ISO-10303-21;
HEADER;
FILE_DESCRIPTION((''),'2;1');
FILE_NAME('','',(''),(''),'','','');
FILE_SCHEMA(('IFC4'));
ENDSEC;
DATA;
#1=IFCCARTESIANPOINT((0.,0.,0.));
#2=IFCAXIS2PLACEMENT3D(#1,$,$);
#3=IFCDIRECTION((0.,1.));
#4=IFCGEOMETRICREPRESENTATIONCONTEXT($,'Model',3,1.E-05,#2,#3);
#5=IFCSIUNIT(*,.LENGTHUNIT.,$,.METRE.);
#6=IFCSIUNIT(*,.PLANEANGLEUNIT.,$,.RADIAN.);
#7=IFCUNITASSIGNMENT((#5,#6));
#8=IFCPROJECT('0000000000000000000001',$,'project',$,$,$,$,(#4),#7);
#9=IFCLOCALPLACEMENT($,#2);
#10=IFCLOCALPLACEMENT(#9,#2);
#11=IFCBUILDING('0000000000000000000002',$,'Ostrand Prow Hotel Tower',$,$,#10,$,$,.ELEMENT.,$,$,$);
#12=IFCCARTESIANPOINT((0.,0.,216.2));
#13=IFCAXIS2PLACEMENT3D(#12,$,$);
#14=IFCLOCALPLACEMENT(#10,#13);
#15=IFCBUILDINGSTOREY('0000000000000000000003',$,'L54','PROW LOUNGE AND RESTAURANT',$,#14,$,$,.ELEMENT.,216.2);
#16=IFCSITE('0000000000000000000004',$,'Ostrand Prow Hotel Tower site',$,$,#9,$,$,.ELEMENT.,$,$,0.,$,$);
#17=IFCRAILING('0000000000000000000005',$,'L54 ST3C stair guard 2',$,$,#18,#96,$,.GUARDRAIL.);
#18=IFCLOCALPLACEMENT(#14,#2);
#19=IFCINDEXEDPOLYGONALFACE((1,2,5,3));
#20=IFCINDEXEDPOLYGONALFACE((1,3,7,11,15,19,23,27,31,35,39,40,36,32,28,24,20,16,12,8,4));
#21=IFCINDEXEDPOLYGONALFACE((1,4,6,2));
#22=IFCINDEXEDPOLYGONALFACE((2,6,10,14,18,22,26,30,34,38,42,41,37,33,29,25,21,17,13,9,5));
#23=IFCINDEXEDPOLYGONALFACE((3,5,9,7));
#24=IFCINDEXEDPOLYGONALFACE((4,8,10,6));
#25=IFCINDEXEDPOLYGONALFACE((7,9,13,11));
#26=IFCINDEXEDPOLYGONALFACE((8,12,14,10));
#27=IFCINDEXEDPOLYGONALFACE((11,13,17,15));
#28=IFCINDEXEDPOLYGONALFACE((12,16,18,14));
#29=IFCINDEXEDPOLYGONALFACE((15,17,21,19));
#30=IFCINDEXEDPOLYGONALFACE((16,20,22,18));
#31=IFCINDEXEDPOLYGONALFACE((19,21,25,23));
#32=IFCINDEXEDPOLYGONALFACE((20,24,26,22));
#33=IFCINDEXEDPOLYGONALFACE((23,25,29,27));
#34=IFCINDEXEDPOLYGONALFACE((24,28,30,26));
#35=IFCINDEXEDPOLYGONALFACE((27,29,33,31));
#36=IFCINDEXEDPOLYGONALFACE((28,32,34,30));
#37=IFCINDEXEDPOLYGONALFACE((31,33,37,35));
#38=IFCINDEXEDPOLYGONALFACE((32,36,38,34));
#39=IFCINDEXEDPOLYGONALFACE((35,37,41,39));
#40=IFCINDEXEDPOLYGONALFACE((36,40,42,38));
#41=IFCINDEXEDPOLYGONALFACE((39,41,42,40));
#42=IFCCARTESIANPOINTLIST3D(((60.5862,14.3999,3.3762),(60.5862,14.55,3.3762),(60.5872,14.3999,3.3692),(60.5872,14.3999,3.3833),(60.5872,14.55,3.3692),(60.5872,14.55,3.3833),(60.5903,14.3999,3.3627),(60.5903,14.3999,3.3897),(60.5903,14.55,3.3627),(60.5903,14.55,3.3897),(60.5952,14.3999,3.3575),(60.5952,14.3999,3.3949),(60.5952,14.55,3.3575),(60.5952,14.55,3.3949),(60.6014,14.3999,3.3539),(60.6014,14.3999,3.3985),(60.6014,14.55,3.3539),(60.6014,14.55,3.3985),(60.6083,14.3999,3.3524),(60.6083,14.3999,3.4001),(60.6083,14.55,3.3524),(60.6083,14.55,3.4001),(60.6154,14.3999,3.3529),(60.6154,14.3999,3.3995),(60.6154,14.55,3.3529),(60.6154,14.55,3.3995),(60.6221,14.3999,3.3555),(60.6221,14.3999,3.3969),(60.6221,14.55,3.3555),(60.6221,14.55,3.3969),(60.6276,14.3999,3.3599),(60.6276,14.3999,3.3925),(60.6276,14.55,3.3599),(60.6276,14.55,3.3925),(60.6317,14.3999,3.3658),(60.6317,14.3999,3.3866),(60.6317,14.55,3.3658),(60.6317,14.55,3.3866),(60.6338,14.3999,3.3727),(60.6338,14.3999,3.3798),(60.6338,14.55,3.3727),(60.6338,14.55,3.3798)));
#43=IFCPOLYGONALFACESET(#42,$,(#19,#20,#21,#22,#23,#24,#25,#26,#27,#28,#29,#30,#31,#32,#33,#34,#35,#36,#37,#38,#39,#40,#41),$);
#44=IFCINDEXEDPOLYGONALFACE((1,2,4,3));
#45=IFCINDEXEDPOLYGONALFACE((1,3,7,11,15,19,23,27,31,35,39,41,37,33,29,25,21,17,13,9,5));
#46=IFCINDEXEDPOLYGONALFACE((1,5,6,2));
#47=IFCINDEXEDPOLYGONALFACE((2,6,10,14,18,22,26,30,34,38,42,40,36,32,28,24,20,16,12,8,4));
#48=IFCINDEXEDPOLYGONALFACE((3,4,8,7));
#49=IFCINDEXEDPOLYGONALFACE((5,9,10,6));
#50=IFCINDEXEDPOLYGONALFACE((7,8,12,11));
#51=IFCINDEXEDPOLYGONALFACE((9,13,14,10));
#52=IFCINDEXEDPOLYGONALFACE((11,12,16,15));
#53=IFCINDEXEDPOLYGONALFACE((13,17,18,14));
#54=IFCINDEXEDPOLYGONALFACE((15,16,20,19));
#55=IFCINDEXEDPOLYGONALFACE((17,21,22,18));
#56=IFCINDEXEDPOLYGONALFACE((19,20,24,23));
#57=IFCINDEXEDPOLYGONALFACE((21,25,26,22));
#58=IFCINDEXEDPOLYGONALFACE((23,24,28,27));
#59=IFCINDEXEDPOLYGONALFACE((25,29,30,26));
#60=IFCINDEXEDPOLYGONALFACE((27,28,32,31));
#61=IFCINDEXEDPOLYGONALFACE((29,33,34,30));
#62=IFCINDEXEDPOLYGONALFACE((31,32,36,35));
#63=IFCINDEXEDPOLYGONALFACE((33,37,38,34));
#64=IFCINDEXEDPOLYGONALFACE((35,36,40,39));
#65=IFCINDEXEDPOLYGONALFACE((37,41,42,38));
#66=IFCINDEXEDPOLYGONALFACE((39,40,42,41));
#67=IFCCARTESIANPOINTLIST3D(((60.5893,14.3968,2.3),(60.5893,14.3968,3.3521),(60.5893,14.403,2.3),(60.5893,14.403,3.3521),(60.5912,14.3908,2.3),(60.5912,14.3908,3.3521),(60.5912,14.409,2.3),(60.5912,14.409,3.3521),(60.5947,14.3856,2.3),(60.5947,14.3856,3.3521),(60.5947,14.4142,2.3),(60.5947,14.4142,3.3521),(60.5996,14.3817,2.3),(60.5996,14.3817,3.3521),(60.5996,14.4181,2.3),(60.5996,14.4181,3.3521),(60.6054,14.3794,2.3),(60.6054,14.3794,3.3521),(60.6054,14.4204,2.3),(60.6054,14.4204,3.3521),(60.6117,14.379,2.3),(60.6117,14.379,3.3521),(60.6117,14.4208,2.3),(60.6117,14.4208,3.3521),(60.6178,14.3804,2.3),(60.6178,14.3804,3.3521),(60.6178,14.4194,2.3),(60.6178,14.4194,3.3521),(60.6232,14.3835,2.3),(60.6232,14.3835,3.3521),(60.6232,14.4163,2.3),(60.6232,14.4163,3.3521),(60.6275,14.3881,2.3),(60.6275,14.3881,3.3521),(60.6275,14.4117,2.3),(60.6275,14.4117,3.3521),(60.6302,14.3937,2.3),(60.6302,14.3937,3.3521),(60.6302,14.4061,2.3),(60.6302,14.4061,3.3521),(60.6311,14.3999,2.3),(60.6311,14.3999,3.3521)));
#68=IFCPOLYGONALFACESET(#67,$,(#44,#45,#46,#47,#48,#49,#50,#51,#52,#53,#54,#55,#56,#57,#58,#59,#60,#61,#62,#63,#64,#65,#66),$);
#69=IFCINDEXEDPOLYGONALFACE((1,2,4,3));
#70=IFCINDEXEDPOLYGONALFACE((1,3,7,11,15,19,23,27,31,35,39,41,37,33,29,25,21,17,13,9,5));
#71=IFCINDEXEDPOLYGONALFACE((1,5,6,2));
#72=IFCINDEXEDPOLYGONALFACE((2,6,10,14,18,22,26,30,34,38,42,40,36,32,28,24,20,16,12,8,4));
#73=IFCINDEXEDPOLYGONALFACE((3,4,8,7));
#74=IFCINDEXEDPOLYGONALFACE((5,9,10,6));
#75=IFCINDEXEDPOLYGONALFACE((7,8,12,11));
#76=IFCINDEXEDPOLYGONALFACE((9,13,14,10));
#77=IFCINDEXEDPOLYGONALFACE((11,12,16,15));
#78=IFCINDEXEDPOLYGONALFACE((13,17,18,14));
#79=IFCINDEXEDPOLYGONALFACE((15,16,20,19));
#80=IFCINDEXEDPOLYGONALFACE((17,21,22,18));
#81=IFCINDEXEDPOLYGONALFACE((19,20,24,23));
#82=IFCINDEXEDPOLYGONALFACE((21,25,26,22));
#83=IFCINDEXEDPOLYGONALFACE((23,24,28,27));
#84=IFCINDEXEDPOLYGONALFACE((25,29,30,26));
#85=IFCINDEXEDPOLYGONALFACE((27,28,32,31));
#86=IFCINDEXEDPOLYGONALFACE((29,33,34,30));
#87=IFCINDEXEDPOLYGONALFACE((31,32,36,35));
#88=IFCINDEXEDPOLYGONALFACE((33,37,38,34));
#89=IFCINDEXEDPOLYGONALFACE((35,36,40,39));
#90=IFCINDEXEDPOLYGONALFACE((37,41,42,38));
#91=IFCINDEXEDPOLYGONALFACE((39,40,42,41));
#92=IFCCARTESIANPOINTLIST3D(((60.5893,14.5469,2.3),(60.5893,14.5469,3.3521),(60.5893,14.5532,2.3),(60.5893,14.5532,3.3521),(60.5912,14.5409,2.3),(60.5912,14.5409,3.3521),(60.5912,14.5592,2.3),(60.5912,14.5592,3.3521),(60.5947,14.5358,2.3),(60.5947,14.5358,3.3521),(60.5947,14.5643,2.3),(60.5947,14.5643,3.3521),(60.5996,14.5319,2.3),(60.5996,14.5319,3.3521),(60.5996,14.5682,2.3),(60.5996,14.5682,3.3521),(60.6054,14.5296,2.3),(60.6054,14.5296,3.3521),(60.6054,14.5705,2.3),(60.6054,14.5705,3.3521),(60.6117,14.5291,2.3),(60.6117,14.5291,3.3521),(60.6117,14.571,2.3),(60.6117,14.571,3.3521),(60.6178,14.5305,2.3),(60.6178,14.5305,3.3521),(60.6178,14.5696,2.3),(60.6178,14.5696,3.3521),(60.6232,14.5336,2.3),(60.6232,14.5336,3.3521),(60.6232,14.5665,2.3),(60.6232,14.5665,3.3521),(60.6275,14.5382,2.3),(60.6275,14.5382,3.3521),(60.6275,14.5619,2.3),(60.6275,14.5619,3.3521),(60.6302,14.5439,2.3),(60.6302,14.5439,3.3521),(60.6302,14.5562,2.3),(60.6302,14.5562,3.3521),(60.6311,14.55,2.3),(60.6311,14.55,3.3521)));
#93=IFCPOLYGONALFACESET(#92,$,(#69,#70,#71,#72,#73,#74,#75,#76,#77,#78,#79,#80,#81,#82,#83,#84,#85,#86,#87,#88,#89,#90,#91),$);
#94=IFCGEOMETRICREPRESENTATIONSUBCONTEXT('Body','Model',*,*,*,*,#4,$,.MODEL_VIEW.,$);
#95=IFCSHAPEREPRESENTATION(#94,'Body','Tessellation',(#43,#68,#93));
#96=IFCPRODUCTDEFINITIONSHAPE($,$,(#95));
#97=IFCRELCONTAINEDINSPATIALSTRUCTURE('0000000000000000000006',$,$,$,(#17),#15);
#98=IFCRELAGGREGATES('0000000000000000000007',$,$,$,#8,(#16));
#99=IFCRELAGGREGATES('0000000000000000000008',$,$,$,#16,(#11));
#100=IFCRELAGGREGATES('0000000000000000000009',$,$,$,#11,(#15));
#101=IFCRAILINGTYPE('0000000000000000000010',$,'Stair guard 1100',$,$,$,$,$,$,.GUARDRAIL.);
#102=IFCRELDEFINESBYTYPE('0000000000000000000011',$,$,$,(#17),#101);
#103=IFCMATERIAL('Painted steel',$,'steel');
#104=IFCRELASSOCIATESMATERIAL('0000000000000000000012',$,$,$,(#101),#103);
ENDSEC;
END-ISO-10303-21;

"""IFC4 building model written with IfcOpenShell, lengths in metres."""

from ifc_helpers import new_model, si_unit, direction, frame, origin, origin_2d, place, context, subcontext, project, spatial, circle, extrude, material, type_object, element, save


model = new_model("IFC4")

# Units and contexts
model_context = context("Model", 3, precision=1e-05, world=origin(), true_north=direction((0.0, 1.0)))
body_context = subcontext(model_context, "Body", "Model", "MODEL_VIEW")
ifc_project = project(units=[si_unit("LENGTHUNIT", "METRE"), si_unit("PLANEANGLEUNIT", "RADIAN")], contexts=[model_context])

# Site, building, storey
site_placement = place(None, origin())
site = spatial("IfcSite", under=ifc_project, at=site_placement, Name="Ostrand Prow Hotel Tower site", CompositionType="ELEMENT", RefElevation=0.0)
building_placement = place(site_placement, origin())
building = spatial("IfcBuilding", under=site, at=building_placement, Name="Ostrand Prow Hotel Tower", CompositionType="ELEMENT")
storey_placement = place(building_placement, frame((0.0, 0.0, 216.2)))
storey = spatial("IfcBuildingStorey", under=building, at=storey_placement, Name="L54", Description="PROW LOUNGE AND RESTAURANT", CompositionType="ELEMENT", Elevation=216.2)

# Railing
ifc_material_1 = material(Name="Painted steel", Category="steel")
railing_type_1 = type_object("IfcRailingType", Name="Stair guard 1100", PredefinedType="GUARDRAIL", material=ifc_material_1)
railing_1_placement = place(storey_placement, frame((60.6101, 14.3999, 2.3)))
element("IfcRailing", 1, at=railing_1_placement, inside=storey, type_object=railing_type_1, Name="L54 ST3C stair guard 2", PredefinedType="GUARDRAIL", context=body_context, shape_type="SweptSolid", body=[
    extrude(circle(Radius=0.0239, at=origin_2d()), frame((0.0, 0.0, 1.0762), z_axis=(0.0, 1.0, 0.0), x_axis=(-1.0, 0.0, 0.0)), (0.0, 0.0, 1.0), 0.1501),
    extrude(circle(Radius=0.021, at=origin_2d()), origin(), (0.0, 0.0, 1.0), 1.052),
    extrude(circle(Radius=0.021, at=origin_2d()), frame((0.0, 0.1501, 0.0)), (0.0, 0.0, 1.0), 1.052),
])

save(model, "model.ifc")
